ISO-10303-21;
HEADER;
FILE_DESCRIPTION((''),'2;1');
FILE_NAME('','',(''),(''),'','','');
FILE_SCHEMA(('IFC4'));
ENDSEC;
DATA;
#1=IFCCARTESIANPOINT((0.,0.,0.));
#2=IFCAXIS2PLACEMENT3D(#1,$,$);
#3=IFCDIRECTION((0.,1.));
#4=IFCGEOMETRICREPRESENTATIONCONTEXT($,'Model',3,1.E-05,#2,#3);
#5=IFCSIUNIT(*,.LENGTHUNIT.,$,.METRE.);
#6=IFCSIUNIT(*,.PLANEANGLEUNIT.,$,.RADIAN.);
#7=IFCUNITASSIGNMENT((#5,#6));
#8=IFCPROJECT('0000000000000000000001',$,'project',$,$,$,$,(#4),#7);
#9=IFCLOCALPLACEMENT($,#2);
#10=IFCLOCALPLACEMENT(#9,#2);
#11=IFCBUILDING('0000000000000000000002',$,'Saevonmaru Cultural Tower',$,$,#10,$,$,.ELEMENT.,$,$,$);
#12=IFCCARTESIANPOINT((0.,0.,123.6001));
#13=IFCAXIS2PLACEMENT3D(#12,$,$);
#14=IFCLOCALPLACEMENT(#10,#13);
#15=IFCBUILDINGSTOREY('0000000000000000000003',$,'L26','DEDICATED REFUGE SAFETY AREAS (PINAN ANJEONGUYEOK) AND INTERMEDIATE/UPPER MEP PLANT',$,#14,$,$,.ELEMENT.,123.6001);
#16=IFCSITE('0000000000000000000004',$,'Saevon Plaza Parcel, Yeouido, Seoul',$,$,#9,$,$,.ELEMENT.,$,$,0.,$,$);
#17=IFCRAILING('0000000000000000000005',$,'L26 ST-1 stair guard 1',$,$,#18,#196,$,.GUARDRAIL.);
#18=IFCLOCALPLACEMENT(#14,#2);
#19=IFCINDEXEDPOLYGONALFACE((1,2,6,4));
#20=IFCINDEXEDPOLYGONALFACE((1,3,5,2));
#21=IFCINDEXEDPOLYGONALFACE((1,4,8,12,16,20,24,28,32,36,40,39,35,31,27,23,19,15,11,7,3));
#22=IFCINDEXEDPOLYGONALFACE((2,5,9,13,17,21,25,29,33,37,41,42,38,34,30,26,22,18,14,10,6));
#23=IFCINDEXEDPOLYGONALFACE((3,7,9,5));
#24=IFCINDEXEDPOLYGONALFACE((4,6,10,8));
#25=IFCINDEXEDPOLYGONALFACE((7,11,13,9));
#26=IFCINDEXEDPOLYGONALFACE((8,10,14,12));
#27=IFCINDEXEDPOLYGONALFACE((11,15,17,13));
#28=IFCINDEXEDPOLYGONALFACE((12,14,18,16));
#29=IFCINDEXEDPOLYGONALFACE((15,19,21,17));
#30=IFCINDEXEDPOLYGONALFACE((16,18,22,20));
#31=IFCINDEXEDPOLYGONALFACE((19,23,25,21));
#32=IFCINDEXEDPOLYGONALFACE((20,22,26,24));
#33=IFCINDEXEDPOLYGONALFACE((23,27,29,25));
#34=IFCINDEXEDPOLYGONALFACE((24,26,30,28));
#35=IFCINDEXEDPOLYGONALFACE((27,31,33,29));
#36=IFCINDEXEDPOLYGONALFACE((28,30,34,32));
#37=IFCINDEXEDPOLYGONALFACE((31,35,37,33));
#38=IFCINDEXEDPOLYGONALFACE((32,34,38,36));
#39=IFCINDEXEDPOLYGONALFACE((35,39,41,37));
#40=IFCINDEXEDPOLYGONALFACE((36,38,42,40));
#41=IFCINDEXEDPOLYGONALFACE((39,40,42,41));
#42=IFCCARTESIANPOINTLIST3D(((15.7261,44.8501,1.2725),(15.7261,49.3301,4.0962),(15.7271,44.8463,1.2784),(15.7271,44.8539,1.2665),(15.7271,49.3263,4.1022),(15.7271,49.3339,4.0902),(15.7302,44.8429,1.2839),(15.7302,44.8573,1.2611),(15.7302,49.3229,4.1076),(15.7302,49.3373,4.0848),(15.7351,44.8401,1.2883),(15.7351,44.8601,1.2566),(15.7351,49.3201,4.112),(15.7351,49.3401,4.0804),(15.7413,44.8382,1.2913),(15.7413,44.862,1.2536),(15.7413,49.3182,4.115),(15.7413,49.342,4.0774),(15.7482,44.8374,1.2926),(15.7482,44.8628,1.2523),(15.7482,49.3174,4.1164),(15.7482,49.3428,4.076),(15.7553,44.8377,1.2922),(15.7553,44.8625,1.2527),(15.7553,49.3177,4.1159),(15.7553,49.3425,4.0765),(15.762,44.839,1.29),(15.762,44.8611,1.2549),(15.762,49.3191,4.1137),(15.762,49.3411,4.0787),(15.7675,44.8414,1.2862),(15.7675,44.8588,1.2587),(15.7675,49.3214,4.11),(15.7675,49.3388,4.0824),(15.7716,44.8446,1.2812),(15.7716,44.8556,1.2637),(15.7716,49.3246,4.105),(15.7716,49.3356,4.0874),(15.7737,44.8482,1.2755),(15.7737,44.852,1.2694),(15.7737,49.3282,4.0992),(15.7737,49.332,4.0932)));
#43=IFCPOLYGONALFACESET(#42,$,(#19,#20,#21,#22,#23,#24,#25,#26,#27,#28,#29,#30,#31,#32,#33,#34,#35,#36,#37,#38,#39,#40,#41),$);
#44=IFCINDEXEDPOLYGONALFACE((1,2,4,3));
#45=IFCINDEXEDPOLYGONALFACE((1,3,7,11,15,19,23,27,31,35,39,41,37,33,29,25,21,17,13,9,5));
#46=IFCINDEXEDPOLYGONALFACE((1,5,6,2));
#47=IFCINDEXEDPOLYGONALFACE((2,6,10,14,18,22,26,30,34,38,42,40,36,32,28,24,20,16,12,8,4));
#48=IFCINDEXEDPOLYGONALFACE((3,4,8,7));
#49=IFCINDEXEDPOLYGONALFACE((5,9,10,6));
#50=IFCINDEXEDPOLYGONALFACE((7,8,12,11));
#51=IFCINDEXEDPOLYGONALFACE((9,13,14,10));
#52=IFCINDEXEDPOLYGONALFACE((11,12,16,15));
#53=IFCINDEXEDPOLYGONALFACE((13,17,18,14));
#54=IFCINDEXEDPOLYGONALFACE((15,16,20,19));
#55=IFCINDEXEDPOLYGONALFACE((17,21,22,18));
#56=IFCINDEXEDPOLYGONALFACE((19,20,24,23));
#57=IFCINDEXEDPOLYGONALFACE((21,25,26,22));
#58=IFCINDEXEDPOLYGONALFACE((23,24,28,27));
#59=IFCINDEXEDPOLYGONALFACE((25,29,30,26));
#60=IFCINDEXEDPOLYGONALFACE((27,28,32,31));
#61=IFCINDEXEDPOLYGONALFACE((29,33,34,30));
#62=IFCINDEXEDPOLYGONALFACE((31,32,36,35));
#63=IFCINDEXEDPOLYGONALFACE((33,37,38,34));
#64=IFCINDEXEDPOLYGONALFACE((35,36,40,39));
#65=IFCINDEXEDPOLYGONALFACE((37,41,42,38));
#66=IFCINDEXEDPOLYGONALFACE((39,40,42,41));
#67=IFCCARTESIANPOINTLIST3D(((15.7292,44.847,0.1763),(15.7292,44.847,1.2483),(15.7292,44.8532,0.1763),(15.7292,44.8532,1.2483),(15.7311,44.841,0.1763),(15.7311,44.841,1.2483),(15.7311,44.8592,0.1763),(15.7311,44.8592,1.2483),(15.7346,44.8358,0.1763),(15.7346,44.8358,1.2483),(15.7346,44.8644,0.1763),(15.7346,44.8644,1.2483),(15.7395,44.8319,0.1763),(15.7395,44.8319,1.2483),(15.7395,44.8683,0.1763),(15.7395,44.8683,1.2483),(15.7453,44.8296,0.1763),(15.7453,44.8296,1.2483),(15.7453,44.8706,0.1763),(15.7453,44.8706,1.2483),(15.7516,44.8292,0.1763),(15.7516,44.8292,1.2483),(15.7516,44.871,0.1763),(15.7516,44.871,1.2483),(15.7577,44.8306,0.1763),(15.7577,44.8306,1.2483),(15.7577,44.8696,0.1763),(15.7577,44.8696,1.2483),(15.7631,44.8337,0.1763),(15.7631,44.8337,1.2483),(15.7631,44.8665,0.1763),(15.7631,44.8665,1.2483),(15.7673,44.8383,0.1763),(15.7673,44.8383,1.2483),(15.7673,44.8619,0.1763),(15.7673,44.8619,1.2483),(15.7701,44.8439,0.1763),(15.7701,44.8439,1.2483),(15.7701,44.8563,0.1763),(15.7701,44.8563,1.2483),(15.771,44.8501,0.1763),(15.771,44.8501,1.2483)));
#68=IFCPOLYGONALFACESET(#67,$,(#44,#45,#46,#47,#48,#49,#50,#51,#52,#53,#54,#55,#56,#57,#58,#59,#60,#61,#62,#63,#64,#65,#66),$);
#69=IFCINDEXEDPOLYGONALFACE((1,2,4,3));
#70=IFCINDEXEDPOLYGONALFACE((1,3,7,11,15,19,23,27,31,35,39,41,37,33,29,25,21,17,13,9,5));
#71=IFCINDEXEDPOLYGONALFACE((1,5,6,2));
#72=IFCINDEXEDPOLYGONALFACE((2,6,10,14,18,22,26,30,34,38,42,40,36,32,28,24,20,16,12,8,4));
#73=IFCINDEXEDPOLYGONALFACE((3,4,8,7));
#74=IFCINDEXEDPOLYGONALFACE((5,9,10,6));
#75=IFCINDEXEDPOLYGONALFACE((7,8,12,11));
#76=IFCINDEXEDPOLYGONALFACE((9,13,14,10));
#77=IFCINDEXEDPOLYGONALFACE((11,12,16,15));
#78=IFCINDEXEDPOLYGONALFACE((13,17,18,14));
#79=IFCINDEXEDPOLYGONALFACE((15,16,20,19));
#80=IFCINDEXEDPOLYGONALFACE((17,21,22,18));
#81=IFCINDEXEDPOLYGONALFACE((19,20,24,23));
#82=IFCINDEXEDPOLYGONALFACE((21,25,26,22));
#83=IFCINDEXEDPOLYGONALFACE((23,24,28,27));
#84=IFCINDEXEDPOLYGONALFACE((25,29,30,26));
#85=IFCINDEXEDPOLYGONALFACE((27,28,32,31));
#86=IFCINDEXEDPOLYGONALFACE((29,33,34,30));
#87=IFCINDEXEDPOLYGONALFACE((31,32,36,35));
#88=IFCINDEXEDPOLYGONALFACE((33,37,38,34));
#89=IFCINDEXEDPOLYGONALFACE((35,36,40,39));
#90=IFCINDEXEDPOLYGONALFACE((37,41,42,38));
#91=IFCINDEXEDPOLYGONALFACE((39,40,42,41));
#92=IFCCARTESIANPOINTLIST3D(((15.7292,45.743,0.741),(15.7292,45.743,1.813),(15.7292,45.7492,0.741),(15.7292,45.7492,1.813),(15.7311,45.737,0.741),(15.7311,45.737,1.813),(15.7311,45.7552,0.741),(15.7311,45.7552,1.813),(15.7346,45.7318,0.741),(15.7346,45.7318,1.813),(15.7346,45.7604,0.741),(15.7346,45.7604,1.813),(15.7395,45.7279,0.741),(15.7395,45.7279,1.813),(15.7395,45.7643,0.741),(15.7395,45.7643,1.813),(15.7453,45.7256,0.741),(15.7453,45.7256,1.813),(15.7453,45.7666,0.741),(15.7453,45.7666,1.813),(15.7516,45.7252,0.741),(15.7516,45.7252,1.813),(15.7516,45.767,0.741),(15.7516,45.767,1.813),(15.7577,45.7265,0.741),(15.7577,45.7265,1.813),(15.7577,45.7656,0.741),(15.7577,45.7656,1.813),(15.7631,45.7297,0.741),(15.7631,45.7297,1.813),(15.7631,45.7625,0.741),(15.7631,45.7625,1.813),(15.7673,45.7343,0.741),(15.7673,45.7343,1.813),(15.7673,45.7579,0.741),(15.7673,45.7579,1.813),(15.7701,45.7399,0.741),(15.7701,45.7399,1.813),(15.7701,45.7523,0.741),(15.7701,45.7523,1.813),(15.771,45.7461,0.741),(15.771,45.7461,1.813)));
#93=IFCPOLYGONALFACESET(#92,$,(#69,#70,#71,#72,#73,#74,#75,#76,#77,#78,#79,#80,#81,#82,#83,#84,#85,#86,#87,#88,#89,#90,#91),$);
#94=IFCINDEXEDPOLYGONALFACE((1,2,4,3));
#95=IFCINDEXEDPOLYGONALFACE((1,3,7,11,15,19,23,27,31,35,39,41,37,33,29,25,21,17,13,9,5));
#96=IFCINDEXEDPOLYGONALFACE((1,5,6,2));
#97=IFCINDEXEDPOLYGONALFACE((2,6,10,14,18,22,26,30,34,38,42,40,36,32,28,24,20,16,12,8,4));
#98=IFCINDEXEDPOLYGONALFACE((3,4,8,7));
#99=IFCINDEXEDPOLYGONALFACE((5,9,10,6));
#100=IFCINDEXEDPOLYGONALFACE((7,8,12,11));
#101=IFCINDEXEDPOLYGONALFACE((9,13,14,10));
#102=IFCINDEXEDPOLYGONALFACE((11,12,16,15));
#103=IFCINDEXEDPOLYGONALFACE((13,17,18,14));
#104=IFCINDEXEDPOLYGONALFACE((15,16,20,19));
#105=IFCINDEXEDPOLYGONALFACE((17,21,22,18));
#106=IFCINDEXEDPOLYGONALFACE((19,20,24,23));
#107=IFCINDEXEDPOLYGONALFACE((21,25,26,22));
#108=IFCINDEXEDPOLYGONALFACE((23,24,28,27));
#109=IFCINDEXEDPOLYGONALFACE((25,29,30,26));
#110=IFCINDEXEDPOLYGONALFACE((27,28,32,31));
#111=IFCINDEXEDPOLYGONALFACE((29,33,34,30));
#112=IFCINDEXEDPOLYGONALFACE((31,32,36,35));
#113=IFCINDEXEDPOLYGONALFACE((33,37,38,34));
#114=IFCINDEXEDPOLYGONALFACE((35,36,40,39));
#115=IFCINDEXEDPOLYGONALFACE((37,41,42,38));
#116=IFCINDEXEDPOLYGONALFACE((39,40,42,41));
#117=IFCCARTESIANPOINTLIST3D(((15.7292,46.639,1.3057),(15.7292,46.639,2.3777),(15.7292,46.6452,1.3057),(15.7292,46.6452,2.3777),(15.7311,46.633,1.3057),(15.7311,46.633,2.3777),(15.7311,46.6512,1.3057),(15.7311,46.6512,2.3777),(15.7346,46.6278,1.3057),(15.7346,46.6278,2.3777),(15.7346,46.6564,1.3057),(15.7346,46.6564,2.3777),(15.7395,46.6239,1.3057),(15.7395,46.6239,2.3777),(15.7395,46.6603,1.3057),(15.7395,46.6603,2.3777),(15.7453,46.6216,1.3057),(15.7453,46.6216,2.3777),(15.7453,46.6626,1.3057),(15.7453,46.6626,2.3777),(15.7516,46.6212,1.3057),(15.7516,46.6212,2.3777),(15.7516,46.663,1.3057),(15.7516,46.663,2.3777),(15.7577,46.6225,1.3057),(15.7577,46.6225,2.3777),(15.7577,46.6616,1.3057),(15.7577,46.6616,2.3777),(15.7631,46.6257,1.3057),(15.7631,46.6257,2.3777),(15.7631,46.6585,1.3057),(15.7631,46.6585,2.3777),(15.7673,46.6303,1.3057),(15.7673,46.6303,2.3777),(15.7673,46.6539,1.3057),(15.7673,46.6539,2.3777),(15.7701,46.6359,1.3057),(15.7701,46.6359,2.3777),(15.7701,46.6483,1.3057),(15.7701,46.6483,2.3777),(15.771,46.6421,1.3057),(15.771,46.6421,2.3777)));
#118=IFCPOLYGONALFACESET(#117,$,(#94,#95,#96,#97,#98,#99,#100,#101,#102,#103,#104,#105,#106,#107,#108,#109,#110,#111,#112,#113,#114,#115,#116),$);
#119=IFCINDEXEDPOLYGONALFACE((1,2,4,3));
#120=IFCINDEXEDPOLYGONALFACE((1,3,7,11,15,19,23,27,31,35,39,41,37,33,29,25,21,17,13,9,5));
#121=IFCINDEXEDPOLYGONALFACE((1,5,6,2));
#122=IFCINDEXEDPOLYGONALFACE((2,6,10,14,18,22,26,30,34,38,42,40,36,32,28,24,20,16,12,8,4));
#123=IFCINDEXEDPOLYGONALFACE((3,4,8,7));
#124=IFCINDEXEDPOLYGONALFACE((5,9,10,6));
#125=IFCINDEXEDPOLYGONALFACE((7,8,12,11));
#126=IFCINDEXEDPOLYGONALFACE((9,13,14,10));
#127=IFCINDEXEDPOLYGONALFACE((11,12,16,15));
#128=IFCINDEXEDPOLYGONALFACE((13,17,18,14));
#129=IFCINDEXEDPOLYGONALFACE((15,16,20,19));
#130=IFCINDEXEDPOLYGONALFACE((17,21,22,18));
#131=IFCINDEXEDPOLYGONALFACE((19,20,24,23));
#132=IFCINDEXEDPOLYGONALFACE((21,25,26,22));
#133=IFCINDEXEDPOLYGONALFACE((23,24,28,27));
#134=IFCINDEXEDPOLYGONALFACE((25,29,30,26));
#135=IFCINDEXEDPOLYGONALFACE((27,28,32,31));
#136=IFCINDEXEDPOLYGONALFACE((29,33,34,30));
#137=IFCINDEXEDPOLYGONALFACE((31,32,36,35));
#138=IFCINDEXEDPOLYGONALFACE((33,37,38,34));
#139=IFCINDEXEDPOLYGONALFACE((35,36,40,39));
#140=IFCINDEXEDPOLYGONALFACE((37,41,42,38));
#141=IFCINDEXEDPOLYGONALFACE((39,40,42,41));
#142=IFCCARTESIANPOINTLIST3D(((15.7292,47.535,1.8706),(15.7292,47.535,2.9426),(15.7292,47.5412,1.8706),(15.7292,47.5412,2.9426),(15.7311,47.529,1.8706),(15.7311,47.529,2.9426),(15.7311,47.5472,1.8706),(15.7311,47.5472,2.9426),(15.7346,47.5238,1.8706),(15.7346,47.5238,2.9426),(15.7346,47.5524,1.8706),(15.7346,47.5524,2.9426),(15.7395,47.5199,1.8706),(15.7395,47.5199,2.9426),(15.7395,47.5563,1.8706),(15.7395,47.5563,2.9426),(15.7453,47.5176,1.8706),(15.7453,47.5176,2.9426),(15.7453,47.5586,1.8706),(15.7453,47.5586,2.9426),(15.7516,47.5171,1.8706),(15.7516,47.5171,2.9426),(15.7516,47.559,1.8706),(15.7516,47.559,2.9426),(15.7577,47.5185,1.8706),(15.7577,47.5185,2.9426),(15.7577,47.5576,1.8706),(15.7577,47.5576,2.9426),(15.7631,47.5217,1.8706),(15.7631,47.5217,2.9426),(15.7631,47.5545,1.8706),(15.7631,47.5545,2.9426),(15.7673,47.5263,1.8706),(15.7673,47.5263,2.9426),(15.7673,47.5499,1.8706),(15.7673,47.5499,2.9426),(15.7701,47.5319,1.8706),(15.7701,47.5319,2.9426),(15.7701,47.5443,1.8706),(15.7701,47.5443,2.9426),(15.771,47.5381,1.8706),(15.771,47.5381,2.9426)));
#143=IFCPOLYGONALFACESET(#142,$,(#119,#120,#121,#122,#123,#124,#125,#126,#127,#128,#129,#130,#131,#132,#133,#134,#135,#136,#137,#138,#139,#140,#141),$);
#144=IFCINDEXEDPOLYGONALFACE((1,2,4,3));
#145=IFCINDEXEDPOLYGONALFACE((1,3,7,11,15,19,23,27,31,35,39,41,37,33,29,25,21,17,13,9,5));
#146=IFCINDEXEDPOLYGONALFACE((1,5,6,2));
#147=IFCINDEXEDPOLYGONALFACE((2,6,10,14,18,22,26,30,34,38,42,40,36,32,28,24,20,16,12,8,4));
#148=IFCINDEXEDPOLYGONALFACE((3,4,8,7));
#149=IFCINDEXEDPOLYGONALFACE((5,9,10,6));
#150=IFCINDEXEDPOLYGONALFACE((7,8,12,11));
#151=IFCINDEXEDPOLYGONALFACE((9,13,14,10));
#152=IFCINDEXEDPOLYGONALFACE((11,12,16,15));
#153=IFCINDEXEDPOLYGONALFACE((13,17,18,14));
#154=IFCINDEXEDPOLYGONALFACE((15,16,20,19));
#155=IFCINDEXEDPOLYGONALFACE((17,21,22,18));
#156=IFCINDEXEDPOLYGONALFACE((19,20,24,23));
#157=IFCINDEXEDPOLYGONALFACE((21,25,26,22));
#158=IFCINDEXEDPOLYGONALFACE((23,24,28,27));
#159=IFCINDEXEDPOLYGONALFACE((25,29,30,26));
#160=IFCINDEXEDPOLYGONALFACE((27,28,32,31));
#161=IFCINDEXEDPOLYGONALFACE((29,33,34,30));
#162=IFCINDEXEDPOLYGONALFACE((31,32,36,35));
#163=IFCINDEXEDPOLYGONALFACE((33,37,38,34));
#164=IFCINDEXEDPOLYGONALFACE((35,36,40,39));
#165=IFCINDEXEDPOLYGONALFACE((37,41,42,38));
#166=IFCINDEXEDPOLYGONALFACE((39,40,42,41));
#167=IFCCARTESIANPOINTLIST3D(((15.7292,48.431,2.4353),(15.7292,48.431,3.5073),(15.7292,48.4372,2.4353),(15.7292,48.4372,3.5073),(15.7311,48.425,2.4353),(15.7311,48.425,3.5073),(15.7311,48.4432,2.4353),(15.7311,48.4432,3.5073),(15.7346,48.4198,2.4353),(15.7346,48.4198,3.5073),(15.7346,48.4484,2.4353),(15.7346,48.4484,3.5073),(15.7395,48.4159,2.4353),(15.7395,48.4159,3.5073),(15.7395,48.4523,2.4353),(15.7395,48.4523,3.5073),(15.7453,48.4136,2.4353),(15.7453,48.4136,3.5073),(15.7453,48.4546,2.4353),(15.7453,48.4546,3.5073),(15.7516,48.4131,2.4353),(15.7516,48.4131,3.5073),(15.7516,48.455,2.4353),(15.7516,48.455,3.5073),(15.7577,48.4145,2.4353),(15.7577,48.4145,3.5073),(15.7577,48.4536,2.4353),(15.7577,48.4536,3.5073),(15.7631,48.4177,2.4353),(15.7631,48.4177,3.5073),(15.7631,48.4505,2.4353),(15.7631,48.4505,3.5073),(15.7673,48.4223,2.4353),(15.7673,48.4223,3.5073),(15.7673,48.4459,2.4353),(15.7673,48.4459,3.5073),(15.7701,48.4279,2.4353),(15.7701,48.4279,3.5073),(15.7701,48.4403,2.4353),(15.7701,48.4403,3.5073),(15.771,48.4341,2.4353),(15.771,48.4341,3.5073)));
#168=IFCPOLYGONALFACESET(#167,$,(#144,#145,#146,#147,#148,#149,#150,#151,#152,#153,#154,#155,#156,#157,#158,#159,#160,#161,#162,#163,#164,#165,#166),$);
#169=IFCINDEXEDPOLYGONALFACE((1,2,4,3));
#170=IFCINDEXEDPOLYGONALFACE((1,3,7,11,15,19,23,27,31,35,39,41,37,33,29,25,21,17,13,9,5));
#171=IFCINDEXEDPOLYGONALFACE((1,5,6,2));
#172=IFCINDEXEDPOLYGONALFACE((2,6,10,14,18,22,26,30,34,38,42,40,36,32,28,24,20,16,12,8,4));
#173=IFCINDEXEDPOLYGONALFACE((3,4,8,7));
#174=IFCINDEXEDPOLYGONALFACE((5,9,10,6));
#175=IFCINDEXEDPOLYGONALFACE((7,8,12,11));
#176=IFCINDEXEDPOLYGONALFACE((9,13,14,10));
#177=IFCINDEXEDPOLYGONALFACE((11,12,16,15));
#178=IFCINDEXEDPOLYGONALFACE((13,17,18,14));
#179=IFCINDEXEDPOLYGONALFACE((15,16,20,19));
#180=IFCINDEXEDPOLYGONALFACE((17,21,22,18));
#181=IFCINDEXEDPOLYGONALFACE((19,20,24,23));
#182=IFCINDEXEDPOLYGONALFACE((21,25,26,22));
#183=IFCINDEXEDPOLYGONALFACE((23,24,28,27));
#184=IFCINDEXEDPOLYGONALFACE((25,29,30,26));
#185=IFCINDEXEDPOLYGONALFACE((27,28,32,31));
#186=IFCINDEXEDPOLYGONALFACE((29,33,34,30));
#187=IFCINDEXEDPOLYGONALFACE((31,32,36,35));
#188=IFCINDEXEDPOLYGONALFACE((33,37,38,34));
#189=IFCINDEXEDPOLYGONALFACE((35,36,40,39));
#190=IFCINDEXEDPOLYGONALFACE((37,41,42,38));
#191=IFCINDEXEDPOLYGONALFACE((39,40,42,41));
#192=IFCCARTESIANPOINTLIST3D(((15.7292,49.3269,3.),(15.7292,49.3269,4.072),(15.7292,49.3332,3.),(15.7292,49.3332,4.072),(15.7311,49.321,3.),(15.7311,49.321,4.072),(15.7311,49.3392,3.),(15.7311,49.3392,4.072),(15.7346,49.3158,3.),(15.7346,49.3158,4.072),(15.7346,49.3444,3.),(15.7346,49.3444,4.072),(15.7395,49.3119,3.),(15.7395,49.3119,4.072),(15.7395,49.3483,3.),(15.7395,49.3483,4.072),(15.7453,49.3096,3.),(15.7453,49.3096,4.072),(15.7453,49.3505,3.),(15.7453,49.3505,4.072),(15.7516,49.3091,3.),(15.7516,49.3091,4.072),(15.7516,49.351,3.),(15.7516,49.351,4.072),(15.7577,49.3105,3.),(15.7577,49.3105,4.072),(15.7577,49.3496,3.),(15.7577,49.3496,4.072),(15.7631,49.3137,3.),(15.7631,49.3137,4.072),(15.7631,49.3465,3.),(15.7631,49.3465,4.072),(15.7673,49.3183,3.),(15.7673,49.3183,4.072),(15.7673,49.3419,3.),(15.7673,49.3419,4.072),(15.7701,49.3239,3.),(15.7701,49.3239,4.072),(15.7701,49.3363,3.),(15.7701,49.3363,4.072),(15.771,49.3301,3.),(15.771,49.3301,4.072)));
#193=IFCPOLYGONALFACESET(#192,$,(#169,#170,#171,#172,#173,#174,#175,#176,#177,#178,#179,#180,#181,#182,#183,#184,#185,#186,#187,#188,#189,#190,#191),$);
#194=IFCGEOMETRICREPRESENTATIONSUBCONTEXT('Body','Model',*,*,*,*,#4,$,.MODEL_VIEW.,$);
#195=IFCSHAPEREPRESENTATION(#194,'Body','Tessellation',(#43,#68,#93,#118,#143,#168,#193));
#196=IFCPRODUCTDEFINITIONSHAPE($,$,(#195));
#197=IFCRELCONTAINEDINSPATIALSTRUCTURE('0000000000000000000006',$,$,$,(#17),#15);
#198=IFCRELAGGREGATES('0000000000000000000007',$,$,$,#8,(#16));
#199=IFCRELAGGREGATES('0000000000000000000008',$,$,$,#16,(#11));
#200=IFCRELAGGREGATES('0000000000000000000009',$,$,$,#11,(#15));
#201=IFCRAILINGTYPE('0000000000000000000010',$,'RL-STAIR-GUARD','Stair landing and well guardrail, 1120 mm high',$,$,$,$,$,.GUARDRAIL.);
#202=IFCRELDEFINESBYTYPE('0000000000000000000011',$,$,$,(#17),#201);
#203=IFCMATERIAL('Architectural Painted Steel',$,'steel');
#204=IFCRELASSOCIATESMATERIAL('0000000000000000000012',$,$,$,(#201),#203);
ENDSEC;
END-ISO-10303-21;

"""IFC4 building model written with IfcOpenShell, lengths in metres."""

from ifc_helpers import new_model, si_unit, direction, frame, origin, origin_2d, place, context, subcontext, project, spatial, circle, extrude, material, type_object, element, save


model = new_model("IFC4")

# Units and contexts
model_context = context("Model", 3, precision=1e-05, world=origin(), true_north=direction((0.0, 1.0)))
body_context = subcontext(model_context, "Body", "Model", "MODEL_VIEW")
ifc_project = project(units=[si_unit("LENGTHUNIT", "METRE"), si_unit("PLANEANGLEUNIT", "RADIAN")], contexts=[model_context])

# Site, building, storey
site_placement = place(None, origin())
site = spatial("IfcSite", under=ifc_project, at=site_placement, Name="Saevon Plaza Parcel, Yeouido, Seoul", CompositionType="ELEMENT", RefElevation=0.0)
building_placement = place(site_placement, origin())
building = spatial("IfcBuilding", under=site, at=building_placement, Name="Saevonmaru Cultural Tower", CompositionType="ELEMENT")
storey_placement = place(building_placement, frame((0.0, 0.0, 123.6001)))
storey = spatial("IfcBuildingStorey", under=building, at=storey_placement, Name="L26", Description="DEDICATED REFUGE SAFETY AREAS (PINAN ANJEONGUYEOK) AND INTERMEDIATE/UPPER MEP PLANT", CompositionType="ELEMENT", Elevation=123.6001)

# Railing
ifc_material_1 = material(Name="Architectural Painted Steel", Category="steel")
railing_type_1 = type_object("IfcRailingType", Name="RL-STAIR-GUARD", Description="Stair landing and well guardrail, 1120 mm high", PredefinedType="GUARDRAIL", material=ifc_material_1)
railing_1_placement = place(storey_placement, frame((15.75, 44.8501, 0.1763)))
element("IfcRailing", 1, at=railing_1_placement, inside=storey, type_object=railing_type_1, Name="L26 ST-1 stair guard 1", PredefinedType="GUARDRAIL", context=body_context, shape_type="SweptSolid", body=[
    extrude(circle(Radius=0.0239, at=origin_2d()), frame((0.0, 0.0, 1.0962), z_axis=(0.0, 0.845977, 0.533219), x_axis=(-1.0, 0.0, 0.0)), (0.0, 0.0, 1.0), 5.2957),
    extrude(circle(Radius=0.021, at=origin_2d()), origin(), (0.0, 0.0, 1.0), 1.072),
    extrude(circle(Radius=0.021, at=origin_2d()), frame((0.0, 0.896, 0.5647)), (0.0, 0.0, 1.0), 1.072),
    extrude(circle(Radius=0.021, at=origin_2d()), frame((0.0, 1.792, 1.1294)), (0.0, 0.0, 1.0), 1.072),
    extrude(circle(Radius=0.021, at=origin_2d()), frame((0.0, 2.688, 1.6943)), (0.0, 0.0, 1.0), 1.072),
    extrude(circle(Radius=0.021, at=origin_2d()), frame((0.0, 3.584, 2.259)), (0.0, 0.0, 1.0), 1.072),
    extrude(circle(Radius=0.021, at=origin_2d()), frame((0.0, 4.48, 2.8237)), (0.0, 0.0, 1.0), 1.072),
])

save(model, "model.ifc")
